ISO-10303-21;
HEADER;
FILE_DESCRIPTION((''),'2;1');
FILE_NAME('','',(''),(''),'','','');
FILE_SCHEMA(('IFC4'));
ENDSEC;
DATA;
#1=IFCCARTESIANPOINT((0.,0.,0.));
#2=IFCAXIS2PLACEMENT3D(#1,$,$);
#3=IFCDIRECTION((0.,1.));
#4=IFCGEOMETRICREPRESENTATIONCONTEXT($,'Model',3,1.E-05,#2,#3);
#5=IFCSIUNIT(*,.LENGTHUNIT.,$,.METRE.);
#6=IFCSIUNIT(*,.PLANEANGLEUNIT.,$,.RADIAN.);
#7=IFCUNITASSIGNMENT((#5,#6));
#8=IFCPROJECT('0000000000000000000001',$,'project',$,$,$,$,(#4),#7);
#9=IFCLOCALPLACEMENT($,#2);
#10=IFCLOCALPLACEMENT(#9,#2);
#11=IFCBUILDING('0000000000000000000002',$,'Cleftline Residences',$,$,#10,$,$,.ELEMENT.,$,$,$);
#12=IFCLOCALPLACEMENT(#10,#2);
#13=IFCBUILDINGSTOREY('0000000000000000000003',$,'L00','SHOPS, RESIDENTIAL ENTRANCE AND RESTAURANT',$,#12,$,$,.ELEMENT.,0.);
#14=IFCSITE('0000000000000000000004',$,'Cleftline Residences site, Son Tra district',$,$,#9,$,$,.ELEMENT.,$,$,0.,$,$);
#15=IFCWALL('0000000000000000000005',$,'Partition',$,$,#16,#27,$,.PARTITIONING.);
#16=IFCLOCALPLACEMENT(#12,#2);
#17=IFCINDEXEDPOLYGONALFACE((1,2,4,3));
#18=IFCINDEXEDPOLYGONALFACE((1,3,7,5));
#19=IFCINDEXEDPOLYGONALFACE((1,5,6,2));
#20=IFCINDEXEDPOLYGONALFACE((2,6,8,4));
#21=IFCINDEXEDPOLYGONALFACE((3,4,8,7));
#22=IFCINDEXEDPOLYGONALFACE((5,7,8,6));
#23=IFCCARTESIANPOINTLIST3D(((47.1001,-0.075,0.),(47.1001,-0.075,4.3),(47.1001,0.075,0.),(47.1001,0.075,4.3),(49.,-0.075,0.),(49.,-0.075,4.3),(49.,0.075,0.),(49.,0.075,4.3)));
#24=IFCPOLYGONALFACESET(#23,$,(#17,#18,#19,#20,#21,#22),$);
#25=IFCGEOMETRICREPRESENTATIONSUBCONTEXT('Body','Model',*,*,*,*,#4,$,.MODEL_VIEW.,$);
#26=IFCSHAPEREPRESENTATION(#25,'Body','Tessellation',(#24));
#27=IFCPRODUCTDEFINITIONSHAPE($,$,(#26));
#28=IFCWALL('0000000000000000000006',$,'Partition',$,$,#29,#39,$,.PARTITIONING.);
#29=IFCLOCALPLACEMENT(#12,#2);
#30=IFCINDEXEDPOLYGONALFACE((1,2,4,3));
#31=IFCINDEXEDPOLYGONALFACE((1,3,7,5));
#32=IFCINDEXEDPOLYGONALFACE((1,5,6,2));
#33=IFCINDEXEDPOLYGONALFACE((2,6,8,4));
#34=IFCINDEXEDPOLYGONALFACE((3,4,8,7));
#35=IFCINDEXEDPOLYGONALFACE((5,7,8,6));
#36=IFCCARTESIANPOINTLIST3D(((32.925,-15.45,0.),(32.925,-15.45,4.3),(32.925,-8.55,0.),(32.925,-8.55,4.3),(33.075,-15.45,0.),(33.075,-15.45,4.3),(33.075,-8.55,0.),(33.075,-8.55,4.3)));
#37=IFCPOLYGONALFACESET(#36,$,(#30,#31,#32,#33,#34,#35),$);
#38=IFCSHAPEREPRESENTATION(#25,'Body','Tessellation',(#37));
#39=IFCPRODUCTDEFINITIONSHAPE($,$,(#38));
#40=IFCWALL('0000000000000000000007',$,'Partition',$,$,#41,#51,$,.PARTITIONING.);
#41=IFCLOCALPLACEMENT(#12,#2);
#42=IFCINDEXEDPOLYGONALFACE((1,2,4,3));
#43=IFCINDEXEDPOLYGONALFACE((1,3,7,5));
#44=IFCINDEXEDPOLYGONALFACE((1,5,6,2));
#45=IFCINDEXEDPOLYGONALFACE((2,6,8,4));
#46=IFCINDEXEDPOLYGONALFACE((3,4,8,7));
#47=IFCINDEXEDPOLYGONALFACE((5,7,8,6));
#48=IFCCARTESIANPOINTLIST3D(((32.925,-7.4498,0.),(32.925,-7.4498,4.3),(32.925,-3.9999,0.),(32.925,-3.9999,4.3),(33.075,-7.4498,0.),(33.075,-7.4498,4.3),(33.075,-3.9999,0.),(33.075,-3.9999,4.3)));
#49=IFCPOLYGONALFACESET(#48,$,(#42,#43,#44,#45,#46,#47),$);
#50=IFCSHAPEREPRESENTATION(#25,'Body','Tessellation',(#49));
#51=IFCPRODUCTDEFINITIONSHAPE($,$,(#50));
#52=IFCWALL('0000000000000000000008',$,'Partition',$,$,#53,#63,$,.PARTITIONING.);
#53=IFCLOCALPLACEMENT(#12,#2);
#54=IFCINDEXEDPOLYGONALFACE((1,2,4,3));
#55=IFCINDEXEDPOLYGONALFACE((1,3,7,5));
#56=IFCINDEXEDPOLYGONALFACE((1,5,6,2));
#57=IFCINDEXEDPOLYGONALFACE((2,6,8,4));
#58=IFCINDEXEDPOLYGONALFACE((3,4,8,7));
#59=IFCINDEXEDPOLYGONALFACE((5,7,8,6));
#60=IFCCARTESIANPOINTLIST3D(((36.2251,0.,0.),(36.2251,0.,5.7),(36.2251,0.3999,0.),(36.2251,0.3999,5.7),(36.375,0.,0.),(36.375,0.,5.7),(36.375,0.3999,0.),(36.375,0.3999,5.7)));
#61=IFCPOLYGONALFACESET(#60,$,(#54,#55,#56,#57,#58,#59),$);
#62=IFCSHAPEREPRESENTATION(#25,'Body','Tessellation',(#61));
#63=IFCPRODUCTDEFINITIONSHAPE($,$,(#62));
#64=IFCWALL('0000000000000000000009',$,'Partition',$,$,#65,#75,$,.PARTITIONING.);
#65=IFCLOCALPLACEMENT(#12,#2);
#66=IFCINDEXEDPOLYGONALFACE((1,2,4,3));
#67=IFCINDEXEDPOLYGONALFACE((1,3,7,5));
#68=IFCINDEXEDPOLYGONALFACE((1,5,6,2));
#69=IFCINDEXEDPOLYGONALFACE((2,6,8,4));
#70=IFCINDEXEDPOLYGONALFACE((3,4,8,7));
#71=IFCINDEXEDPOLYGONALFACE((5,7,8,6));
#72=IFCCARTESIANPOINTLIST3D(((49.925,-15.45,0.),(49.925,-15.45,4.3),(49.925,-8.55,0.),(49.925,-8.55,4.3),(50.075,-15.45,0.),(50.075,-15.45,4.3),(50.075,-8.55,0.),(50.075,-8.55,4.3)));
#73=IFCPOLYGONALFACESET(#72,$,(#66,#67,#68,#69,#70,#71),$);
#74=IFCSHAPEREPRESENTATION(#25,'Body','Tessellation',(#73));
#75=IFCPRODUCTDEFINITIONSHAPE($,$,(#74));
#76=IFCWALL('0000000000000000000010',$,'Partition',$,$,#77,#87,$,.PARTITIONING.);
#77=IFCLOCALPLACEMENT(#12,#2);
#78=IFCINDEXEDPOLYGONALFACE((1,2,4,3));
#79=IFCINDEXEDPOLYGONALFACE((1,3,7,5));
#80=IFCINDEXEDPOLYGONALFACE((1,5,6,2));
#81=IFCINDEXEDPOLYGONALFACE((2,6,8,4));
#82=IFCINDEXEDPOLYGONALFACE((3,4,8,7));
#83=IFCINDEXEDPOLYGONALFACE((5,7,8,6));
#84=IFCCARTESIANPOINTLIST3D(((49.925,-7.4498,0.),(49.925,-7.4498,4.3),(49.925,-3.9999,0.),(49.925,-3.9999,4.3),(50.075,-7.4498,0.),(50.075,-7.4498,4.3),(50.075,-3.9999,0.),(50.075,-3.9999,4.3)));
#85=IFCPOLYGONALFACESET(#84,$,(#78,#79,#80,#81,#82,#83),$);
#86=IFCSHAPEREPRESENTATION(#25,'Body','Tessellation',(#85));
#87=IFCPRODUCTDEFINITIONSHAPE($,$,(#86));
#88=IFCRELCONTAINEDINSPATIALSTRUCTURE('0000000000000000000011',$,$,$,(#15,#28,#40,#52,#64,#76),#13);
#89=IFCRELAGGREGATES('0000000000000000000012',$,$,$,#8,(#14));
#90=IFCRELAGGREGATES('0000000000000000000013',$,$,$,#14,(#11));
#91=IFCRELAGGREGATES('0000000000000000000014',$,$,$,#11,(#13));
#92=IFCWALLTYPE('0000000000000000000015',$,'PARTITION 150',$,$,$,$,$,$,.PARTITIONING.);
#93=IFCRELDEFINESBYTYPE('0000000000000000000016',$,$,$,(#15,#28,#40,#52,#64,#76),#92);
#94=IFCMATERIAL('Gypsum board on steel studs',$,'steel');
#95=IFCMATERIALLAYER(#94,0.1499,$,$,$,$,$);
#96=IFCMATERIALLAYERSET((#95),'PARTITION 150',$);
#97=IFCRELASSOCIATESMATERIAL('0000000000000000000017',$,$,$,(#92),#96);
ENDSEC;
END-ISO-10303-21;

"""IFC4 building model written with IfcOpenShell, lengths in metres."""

from ifc_helpers import new_model, si_unit, direction, frame, frame_2d, origin, place, context, subcontext, project, spatial, rectangle, extrude, material, layer, layer_set, type_object, element, save


model = new_model("IFC4")

# Units and contexts
model_context = context("Model", 3, precision=1e-05, world=origin(), true_north=direction((0.0, 1.0)))
body_context = subcontext(model_context, "Body", "Model", "MODEL_VIEW")
ifc_project = project(units=[si_unit("LENGTHUNIT", "METRE"), si_unit("PLANEANGLEUNIT", "RADIAN")], contexts=[model_context])

# Site, building, storey
site_placement = place(None, origin())
site = spatial("IfcSite", under=ifc_project, at=site_placement, Name="Cleftline Residences site, Son Tra district", CompositionType="ELEMENT", RefElevation=0.0)
building_placement = place(site_placement, origin())
building = spatial("IfcBuilding", under=site, at=building_placement, Name="Cleftline Residences", CompositionType="ELEMENT")
storey_placement = place(building_placement, origin())
storey = spatial("IfcBuildingStorey", under=building, at=storey_placement, Name="L00", Description="SHOPS, RESIDENTIAL ENTRANCE AND RESTAURANT", CompositionType="ELEMENT", Elevation=0.0)

# Walls
ifc_material_1 = material(Name="Gypsum board on steel studs", Category="steel")
ifc_layer_1 = layer(ifc_material_1, 0.1499)
ifc_layer_set_1 = layer_set([ifc_layer_1], Name="PARTITION 150")
wall_type_1 = type_object("IfcWallType", Name="PARTITION 150", PredefinedType="PARTITIONING", material=ifc_layer_set_1)
wall_1_placement = place(storey_placement, frame((47.1001, 0.0, 0.0), z_axis=(0.0, 0.0, 1.0), x_axis=(1.0, 0.0, 0.0)))
element("IfcWall", 1, at=wall_1_placement, inside=storey, type_object=wall_type_1, Name="Partition", PredefinedType="PARTITIONING", context=body_context, shape_type="SweptSolid", body=[
    extrude(rectangle(XDim=1.8999, YDim=0.1499, at=frame_2d((0.95, 0.0))), origin(), (0.0, 0.0, 1.0), 4.3),
])
wall_2_placement = place(storey_placement, frame((33.0, -15.45, 0.0), z_axis=(0.0, 0.0, 1.0), x_axis=(0.0, 1.0, 0.0)))
element("IfcWall", 2, at=wall_2_placement, inside=storey, type_object=wall_type_1, Name="Partition", PredefinedType="PARTITIONING", context=body_context, shape_type="SweptSolid", body=[
    extrude(rectangle(XDim=6.8999, YDim=0.1499, at=frame_2d((3.45, 0.0))), origin(), (0.0, 0.0, 1.0), 4.3),
])
wall_3_placement = place(storey_placement, frame((33.0, -7.45, 0.0), z_axis=(0.0, 0.0, 1.0), x_axis=(0.0, 1.0, 0.0)))
element("IfcWall", 3, at=wall_3_placement, inside=storey, type_object=wall_type_1, Name="Partition", PredefinedType="PARTITIONING", context=body_context, shape_type="SweptSolid", body=[
    extrude(rectangle(XDim=3.45, YDim=0.1499, at=frame_2d((1.7251, 0.0))), origin(), (0.0, 0.0, 1.0), 4.3),
])
wall_4_placement = place(storey_placement, frame((36.3, 0.0, 0.0), z_axis=(0.0, 0.0, 1.0), x_axis=(0.0, 1.0, 0.0)))
element("IfcWall", 4, at=wall_4_placement, inside=storey, type_object=wall_type_1, Name="Partition", PredefinedType="PARTITIONING", context=body_context, shape_type="SweptSolid", body=[
    extrude(rectangle(XDim=0.3999, YDim=0.1499, at=frame_2d((0.2, 0.0))), origin(), (0.0, 0.0, 1.0), 5.7),
])
wall_5_placement = place(storey_placement, frame((50.0, -15.45, 0.0), z_axis=(0.0, 0.0, 1.0), x_axis=(0.0, 1.0, 0.0)))
element("IfcWall", 5, at=wall_5_placement, inside=storey, type_object=wall_type_1, Name="Partition", PredefinedType="PARTITIONING", context=body_context, shape_type="SweptSolid", body=[
    extrude(rectangle(XDim=6.8999, YDim=0.1499, at=frame_2d((3.45, 0.0))), origin(), (0.0, 0.0, 1.0), 4.3),
])
wall_6_placement = place(storey_placement, frame((50.0, -7.45, 0.0), z_axis=(0.0, 0.0, 1.0), x_axis=(0.0, 1.0, 0.0)))
element("IfcWall", 6, at=wall_6_placement, inside=storey, type_object=wall_type_1, Name="Partition", PredefinedType="PARTITIONING", context=body_context, shape_type="SweptSolid", body=[
    extrude(rectangle(XDim=3.45, YDim=0.1499, at=frame_2d((1.7251, 0.0))), origin(), (0.0, 0.0, 1.0), 4.3),
])

save(model, "model.ifc")
